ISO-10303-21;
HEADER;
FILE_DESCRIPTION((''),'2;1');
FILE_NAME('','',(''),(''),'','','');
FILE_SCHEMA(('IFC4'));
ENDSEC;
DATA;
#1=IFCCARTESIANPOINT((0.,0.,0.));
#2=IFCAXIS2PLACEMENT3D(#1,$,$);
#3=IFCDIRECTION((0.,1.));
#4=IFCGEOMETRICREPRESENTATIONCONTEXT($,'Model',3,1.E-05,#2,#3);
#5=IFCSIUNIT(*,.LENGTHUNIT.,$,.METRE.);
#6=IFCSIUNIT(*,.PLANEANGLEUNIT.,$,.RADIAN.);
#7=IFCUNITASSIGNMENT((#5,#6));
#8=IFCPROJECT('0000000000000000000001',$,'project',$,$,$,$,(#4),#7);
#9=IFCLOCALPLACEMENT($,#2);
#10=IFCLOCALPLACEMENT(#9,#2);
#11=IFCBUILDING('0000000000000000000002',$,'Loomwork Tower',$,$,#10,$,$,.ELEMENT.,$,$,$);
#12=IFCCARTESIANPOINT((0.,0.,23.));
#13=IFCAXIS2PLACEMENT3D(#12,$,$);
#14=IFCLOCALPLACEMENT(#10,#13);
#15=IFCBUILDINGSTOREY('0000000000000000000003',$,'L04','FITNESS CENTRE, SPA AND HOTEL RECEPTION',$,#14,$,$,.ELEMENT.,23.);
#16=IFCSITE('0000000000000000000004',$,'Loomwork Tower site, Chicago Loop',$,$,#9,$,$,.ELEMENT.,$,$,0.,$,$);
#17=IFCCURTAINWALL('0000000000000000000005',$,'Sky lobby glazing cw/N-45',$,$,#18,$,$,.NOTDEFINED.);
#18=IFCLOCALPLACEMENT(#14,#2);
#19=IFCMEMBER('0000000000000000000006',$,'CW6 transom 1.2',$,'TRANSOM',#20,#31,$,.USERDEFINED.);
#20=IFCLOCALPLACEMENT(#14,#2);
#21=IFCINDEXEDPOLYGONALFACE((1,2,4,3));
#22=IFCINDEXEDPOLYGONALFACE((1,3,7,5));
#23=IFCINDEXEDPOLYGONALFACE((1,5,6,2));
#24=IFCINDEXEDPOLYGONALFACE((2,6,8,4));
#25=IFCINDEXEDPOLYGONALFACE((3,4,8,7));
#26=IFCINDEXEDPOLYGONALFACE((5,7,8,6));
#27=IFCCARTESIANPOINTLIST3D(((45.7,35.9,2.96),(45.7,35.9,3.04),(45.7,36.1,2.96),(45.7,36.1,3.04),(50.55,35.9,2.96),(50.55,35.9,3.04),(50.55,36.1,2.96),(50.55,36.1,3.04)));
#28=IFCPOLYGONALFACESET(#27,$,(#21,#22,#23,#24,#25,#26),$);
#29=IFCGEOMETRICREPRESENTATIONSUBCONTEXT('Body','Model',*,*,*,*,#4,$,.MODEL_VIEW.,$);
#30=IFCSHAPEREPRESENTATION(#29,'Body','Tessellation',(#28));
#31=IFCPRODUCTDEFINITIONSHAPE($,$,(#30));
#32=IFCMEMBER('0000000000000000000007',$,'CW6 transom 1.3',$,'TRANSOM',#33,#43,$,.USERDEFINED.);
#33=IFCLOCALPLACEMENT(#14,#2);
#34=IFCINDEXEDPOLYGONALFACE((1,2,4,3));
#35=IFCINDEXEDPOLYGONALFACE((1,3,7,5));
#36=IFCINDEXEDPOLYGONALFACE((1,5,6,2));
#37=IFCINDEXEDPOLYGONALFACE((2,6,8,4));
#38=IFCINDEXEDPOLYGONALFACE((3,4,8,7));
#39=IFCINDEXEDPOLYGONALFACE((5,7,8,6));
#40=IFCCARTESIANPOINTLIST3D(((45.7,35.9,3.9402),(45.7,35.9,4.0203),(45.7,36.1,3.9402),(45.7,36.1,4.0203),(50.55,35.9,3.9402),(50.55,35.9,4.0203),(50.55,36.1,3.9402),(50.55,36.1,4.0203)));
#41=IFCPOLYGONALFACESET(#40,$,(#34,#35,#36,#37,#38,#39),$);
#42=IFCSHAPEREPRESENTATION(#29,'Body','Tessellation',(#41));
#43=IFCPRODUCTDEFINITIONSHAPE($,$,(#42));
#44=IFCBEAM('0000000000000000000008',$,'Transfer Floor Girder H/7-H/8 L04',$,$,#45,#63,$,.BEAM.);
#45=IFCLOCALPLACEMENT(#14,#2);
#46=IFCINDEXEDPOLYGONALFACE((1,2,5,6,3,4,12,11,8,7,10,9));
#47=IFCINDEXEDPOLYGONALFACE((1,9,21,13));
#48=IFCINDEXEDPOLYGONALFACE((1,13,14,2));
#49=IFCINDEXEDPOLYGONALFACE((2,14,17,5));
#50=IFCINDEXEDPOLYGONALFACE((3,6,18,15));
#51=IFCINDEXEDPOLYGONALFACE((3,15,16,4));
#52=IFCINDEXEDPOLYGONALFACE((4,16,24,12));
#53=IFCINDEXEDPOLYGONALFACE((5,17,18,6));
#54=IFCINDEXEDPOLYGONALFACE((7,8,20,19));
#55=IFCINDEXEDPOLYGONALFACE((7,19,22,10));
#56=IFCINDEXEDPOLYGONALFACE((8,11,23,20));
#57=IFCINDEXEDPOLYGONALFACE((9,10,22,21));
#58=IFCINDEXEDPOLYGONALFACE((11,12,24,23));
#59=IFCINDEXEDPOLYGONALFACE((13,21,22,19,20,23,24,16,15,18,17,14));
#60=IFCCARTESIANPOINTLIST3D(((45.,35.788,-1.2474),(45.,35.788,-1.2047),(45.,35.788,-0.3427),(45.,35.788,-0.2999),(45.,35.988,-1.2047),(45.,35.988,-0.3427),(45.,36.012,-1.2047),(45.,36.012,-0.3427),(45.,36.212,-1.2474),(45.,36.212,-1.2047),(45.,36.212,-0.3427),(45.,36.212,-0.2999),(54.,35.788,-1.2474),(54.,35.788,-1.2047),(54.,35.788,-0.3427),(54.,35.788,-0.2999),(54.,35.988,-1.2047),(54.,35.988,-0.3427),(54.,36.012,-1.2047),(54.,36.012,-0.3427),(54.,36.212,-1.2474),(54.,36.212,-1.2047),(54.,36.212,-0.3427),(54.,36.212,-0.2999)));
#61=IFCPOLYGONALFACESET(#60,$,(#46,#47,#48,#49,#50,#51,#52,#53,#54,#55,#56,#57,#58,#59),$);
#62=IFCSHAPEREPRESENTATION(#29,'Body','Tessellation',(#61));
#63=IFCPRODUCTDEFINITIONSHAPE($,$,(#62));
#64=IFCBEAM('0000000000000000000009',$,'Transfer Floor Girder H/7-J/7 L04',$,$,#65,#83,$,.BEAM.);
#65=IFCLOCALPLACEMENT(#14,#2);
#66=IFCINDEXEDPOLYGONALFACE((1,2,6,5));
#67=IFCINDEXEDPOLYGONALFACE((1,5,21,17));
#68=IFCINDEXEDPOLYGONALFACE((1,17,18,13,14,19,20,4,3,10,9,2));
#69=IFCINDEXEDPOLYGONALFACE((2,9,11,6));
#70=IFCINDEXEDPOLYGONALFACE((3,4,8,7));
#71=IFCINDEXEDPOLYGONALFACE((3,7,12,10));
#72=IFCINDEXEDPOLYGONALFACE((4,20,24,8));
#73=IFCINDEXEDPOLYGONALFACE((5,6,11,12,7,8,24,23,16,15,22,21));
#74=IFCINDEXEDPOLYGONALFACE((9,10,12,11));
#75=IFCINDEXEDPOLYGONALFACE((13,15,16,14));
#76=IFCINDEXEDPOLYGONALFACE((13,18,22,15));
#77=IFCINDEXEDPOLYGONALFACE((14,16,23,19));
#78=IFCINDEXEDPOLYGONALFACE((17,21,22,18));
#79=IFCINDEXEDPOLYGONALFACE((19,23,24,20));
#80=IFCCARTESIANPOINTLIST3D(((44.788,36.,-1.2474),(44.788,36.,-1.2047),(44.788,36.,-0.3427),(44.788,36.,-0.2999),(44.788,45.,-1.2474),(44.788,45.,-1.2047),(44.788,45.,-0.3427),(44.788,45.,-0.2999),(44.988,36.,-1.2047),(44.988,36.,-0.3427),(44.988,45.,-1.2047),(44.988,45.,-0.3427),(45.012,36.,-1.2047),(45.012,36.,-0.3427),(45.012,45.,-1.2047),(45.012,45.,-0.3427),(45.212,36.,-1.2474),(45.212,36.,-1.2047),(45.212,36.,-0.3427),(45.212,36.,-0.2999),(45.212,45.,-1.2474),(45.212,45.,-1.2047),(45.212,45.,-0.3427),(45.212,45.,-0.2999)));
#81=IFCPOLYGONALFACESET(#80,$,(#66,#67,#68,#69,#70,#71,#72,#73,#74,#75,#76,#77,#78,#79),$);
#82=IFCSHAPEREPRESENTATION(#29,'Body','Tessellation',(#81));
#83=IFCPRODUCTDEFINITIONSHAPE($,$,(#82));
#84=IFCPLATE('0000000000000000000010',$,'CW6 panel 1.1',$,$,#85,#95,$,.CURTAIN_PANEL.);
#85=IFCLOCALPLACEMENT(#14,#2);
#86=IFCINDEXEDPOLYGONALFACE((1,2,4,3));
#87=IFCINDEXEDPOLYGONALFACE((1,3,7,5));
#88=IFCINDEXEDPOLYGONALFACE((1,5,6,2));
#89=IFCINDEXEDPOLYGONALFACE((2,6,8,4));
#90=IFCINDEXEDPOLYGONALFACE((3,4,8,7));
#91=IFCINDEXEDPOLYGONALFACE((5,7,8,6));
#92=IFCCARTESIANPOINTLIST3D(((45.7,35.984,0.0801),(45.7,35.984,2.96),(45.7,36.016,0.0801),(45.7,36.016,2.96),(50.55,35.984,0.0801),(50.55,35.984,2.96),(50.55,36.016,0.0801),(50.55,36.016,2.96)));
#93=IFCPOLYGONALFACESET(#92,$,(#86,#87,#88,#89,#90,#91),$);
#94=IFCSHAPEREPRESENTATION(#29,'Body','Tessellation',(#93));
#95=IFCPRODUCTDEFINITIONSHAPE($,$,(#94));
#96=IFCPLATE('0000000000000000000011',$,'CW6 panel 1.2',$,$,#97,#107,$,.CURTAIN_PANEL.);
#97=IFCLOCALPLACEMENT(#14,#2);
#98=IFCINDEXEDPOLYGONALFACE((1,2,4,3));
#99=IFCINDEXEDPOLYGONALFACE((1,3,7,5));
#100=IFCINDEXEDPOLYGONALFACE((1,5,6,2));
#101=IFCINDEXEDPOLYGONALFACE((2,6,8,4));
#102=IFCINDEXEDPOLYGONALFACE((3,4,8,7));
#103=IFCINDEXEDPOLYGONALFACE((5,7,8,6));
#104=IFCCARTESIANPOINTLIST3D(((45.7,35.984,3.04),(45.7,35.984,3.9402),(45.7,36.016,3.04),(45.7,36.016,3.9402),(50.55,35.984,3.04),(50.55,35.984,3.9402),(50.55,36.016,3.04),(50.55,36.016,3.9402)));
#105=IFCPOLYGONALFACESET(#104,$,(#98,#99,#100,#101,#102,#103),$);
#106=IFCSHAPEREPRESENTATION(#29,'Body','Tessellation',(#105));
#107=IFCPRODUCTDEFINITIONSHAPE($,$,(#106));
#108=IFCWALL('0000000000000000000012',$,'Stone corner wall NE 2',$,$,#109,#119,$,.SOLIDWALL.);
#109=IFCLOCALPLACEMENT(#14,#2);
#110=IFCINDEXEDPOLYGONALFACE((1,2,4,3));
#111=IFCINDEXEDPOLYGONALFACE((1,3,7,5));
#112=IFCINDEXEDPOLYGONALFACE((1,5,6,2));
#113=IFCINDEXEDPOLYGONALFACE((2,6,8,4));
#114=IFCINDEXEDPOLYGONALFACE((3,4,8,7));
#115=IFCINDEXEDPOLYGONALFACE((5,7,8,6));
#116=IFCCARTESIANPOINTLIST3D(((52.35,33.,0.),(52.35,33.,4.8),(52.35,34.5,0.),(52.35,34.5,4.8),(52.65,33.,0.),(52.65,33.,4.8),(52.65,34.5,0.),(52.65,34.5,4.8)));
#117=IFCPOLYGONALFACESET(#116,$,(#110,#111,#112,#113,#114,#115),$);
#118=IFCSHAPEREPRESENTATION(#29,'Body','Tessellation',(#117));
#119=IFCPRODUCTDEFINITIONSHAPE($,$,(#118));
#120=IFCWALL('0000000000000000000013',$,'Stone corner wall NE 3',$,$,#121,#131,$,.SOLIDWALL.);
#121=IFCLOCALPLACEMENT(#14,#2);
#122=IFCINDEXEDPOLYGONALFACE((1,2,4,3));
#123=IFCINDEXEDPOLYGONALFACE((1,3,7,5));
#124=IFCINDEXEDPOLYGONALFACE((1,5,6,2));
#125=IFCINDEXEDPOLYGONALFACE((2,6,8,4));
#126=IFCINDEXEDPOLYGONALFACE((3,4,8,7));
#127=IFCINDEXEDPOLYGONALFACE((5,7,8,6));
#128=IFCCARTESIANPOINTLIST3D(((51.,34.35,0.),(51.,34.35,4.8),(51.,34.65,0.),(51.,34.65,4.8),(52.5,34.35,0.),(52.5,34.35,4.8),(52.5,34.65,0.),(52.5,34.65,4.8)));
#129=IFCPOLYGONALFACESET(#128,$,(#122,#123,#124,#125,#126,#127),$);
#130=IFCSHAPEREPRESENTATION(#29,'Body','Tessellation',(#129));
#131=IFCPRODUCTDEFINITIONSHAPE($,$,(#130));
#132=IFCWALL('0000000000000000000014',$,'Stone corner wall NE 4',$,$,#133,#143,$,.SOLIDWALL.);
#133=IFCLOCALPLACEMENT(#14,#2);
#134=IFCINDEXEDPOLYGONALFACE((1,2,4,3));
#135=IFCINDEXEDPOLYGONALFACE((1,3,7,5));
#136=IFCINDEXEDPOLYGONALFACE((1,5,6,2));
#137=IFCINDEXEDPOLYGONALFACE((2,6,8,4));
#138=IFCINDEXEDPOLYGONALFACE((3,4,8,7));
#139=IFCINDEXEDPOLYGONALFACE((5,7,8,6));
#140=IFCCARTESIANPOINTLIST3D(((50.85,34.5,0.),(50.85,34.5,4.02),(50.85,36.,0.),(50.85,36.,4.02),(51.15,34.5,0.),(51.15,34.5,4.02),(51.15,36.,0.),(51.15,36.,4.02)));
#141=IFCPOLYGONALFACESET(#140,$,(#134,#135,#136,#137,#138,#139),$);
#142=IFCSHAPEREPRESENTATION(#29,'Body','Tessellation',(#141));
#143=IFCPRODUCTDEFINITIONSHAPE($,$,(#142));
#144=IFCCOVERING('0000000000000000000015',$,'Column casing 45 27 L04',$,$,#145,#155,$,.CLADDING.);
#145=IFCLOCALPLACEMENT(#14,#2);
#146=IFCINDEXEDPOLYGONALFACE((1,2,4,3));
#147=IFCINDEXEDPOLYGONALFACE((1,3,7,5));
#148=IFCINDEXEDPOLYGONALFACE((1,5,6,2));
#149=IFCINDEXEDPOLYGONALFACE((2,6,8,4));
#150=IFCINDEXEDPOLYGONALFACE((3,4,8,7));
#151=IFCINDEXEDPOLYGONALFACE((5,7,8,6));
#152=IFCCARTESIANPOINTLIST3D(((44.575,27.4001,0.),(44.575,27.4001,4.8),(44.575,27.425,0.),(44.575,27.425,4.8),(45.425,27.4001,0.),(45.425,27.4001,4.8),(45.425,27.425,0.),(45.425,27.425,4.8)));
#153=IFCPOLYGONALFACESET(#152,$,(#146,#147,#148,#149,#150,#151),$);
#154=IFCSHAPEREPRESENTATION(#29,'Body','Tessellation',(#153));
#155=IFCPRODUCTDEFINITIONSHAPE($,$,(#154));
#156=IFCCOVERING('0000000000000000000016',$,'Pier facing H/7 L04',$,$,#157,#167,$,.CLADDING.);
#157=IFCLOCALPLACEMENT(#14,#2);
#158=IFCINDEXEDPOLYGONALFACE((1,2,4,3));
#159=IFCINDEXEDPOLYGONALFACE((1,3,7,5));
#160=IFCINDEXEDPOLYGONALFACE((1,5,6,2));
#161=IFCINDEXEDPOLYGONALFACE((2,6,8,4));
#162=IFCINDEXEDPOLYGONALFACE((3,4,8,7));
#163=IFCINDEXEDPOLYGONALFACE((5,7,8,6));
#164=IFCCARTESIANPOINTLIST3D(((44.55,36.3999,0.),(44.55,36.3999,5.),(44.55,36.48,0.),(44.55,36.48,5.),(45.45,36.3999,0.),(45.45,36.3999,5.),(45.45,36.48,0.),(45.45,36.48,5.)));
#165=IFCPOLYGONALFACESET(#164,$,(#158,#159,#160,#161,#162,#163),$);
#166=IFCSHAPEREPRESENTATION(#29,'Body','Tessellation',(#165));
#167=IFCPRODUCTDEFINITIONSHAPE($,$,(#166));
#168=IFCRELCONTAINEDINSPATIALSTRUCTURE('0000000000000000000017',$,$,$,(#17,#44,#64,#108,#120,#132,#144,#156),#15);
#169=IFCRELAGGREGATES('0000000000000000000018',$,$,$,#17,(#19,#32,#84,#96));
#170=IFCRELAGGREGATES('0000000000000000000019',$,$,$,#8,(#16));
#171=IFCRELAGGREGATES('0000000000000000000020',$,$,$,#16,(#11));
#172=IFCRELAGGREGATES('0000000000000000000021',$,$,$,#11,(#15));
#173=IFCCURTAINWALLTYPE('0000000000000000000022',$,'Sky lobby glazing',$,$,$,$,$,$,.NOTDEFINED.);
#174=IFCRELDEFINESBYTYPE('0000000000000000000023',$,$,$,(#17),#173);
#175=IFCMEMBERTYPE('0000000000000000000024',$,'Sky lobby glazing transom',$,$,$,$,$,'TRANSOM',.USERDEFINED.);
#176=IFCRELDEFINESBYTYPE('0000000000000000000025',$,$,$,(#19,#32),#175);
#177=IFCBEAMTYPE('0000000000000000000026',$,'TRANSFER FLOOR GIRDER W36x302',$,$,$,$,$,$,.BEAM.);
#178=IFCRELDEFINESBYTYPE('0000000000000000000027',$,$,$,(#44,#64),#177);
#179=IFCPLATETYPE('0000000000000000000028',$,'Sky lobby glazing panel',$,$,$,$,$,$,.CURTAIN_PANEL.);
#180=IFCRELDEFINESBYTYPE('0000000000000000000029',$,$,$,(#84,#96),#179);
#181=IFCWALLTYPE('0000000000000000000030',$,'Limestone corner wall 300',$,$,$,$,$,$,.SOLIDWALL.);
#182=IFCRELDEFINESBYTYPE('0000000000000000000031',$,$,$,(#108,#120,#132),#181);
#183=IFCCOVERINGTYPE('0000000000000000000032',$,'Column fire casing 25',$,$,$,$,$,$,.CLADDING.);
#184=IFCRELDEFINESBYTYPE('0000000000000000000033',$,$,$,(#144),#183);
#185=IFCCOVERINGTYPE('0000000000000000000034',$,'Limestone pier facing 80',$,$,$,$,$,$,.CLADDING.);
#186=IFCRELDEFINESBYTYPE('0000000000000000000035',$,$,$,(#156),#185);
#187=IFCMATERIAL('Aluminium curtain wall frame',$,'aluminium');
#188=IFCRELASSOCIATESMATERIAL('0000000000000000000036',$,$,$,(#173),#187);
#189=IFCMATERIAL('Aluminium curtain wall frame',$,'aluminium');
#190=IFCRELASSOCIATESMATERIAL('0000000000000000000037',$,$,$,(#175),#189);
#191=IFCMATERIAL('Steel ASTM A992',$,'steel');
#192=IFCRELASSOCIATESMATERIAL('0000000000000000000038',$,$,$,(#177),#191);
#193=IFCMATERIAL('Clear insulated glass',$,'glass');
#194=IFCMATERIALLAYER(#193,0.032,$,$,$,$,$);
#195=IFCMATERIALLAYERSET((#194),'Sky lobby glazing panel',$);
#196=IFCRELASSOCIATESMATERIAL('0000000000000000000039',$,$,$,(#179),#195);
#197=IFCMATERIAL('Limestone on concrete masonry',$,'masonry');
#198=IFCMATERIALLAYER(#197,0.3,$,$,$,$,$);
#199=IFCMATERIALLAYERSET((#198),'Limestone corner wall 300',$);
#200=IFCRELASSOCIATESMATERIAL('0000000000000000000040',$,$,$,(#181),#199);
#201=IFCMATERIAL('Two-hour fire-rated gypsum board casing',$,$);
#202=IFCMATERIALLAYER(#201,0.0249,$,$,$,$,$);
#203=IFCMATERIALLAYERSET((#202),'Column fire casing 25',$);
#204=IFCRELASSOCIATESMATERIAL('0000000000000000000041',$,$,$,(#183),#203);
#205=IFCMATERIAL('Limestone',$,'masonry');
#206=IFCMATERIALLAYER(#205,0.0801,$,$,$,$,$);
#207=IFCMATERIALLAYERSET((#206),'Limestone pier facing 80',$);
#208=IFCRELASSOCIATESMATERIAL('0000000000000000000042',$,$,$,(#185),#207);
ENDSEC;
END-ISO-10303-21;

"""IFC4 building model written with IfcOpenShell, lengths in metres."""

from ifc_helpers import new_model, si_unit, direction, frame, frame_2d, origin, origin_2d, place, context, subcontext, project, spatial, rectangle, i_section, extrude, material, layer, layer_set, material_profile, profile_set, type_object, element, aggregate, save


model = new_model("IFC4")

# Units and contexts
model_context = context("Model", 3, precision=1e-05, world=origin(), true_north=direction((0.0, 1.0)))
body_context = subcontext(model_context, "Body", "Model", "MODEL_VIEW")
ifc_project = project(units=[si_unit("LENGTHUNIT", "METRE"), si_unit("PLANEANGLEUNIT", "RADIAN")], contexts=[model_context])

# Site, building, storey
site_placement = place(None, origin())
site = spatial("IfcSite", under=ifc_project, at=site_placement, Name="Loomwork Tower site, Chicago Loop", CompositionType="ELEMENT", RefElevation=0.0)
building_placement = place(site_placement, origin())
building = spatial("IfcBuilding", under=site, at=building_placement, Name="Loomwork Tower", CompositionType="ELEMENT")
storey_placement = place(building_placement, frame((0.0, 0.0, 23.0)))
storey = spatial("IfcBuildingStorey", under=building, at=storey_placement, Name="L04", Description="FITNESS CENTRE, SPA AND HOTEL RECEPTION", CompositionType="ELEMENT", Elevation=23.0)

# Curtain wall
ifc_material_1 = material(Name="Aluminium curtain wall frame", Category="aluminium")
curtain_wall_type = type_object("IfcCurtainWallType", Name="Sky lobby glazing", PredefinedType="NOTDEFINED", material=ifc_material_1)
curtain_wall_1_placement = place(storey_placement, origin())
curtain_wall_1 = element("IfcCurtainWall", 1, at=curtain_wall_1_placement, inside=storey, type_object=curtain_wall_type, Name="Sky lobby glazing cw/N-45", PredefinedType="NOTDEFINED")

# Members
ifc_material_2 = material(Name="Aluminium curtain wall frame", Category="aluminium")
ifc_material_profile_1 = material_profile(ifc_material_2, rectangle(XDim=0.2, YDim=0.0801, at=origin_2d()), Name="AL 80x200")
ifc_profile_set_1 = profile_set([ifc_material_profile_1], Name="Aluminium curtain wall frame")
member_type_1 = type_object("IfcMemberType", Name="Sky lobby glazing transom", ElementType="TRANSOM", PredefinedType="USERDEFINED", material=ifc_profile_set_1)
member_1_placement = place(storey_placement, frame((50.55, 36.0, 3.0), z_axis=(-1.0, 0.0, 0.0), x_axis=(0.0, -1.0, 0.0)))
member_1 = element("IfcMember", 2, at=member_1_placement, type_object=member_type_1, Name="CW6 transom 1.2", ObjectType="TRANSOM", PredefinedType="USERDEFINED", context=body_context, shape_type="SweptSolid", body=[
    extrude(rectangle(XDim=0.2, YDim=0.0801, at=origin_2d()), origin(), (0.0, 0.0, 1.0), 4.8501),
])
member_2_placement = place(storey_placement, frame((50.55, 36.0, 3.9802), z_axis=(-1.0, 0.0, 0.0), x_axis=(0.0, -1.0, 0.0)))
member_2 = element("IfcMember", 3, at=member_2_placement, type_object=member_type_1, Name="CW6 transom 1.3", ObjectType="TRANSOM", PredefinedType="USERDEFINED", context=body_context, shape_type="SweptSolid", body=[
    extrude(rectangle(XDim=0.2, YDim=0.0801, at=origin_2d()), origin(), (0.0, 0.0, 1.0), 4.8501),
])

# Beams
ifc_material_3 = material(Name="Steel ASTM A992", Category="steel")
ifc_material_profile_2 = material_profile(ifc_material_3, i_section(OverallWidth=0.4241, OverallDepth=0.9475, WebThickness=0.0239, FlangeThickness=0.0427, at=origin_2d()), Name="W36x302")
ifc_profile_set_2 = profile_set([ifc_material_profile_2], Name="Steel ASTM A992")
beam_type_1 = type_object("IfcBeamType", Name="TRANSFER FLOOR GIRDER W36x302", PredefinedType="BEAM", material=ifc_profile_set_2)
for number, where, z_axis, x_axis, name in (
    (4, (45.0, 36.0, -0.7737), (1.0, 0.0, 0.0), (0.0, 1.0, 0.0), "Transfer Floor Girder H/7-H/8 L04"),
    (5, (45.0, 36.0, -0.7737), (0.0, 1.0, 0.0), (-1.0, 0.0, 0.0), "Transfer Floor Girder H/7-J/7 L04"),
):
    element("IfcBeam", number, at=place(storey_placement, frame(where, z_axis=z_axis, x_axis=x_axis)), inside=storey, type_object=beam_type_1, Name=name, PredefinedType="BEAM", context=body_context, shape_type="SweptSolid", body=[
        extrude(i_section(OverallWidth=0.4241, OverallDepth=0.9475, WebThickness=0.0239, FlangeThickness=0.0427, at=origin_2d()), origin(), (0.0, 0.0, 1.0), 9.0),
    ])

# Plates
ifc_material_4 = material(Name="Clear insulated glass", Category="glass")
ifc_layer_1 = layer(ifc_material_4, 0.032)
ifc_layer_set_1 = layer_set([ifc_layer_1], Name="Sky lobby glazing panel")
plate_type = type_object("IfcPlateType", Name="Sky lobby glazing panel", PredefinedType="CURTAIN_PANEL", material=ifc_layer_set_1)
plate_1_placement = place(storey_placement, frame((48.125, 36.0, 0.0801), z_axis=(0.0, 0.0, 1.0), x_axis=(-1.0, 0.0, 0.0)))
plate_1 = element("IfcPlate", 6, at=plate_1_placement, type_object=plate_type, Name="CW6 panel 1.1", PredefinedType="CURTAIN_PANEL", context=body_context, shape_type="SweptSolid", body=[
    extrude(rectangle(XDim=4.8501, YDim=0.032, at=origin_2d()), origin(), (0.0, 0.0, 1.0), 2.8799),
])
plate_2_placement = place(storey_placement, frame((48.125, 36.0, 3.04), z_axis=(0.0, 0.0, 1.0), x_axis=(-1.0, 0.0, 0.0)))
plate_2 = element("IfcPlate", 7, at=plate_2_placement, type_object=plate_type, Name="CW6 panel 1.2", PredefinedType="CURTAIN_PANEL", context=body_context, shape_type="SweptSolid", body=[
    extrude(rectangle(XDim=4.8501, YDim=0.032, at=origin_2d()), origin(), (0.0, 0.0, 1.0), 0.9001),
])
aggregate(curtain_wall_1, [member_1, member_2, plate_1, plate_2])

# Walls
ifc_material_5 = material(Name="Limestone on concrete masonry", Category="masonry")
ifc_layer_2 = layer(ifc_material_5, 0.3)
ifc_layer_set_2 = layer_set([ifc_layer_2], Name="Limestone corner wall 300")
wall_type = type_object("IfcWallType", Name="Limestone corner wall 300", PredefinedType="SOLIDWALL", material=ifc_layer_set_2)
for number, where, z_axis, x_axis, name in (
    (8, (52.5, 33.0, 0.0), (0.0, 0.0, 1.0), (0.0, 1.0, 0.0), "Stone corner wall NE 2"),
    (9, (52.5, 34.5, 0.0), (0.0, 0.0, 1.0), (-1.0, 0.0, 0.0), "Stone corner wall NE 3"),
):
    element("IfcWall", number, at=place(storey_placement, frame(where, z_axis=z_axis, x_axis=x_axis)), inside=storey, type_object=wall_type, Name=name, PredefinedType="SOLIDWALL", context=body_context, shape_type="SweptSolid", body=[
        extrude(rectangle(XDim=1.5, YDim=0.3, at=frame_2d((0.75, 0.0))), origin(), (0.0, 0.0, 1.0), 4.8),
    ])
wall_placement = place(storey_placement, frame((51.0, 34.5, 0.0), z_axis=(0.0, 0.0, 1.0), x_axis=(0.0, 1.0, 0.0)))
element("IfcWall", 10, at=wall_placement, inside=storey, type_object=wall_type, Name="Stone corner wall NE 4", PredefinedType="SOLIDWALL", context=body_context, shape_type="SweptSolid", body=[
    extrude(rectangle(XDim=1.5, YDim=0.3, at=frame_2d((0.75, 0.0))), origin(), (0.0, 0.0, 1.0), 4.02),
])

# Coverings
ifc_material_6 = material(Name="Two-hour fire-rated gypsum board casing")
ifc_layer_3 = layer(ifc_material_6, 0.0249)
ifc_layer_set_3 = layer_set([ifc_layer_3], Name="Column fire casing 25")
covering_type_1 = type_object("IfcCoveringType", Name="Column fire casing 25", PredefinedType="CLADDING", material=ifc_layer_set_3)
covering_1_placement = place(storey_placement, frame((45.0, 27.4126, 0.0), z_axis=(0.0, 0.0, 1.0), x_axis=(1.0, 0.0, 0.0)))
element("IfcCovering", 11, at=covering_1_placement, inside=storey, type_object=covering_type_1, Name="Column casing 45 27 L04", PredefinedType="CLADDING", context=body_context, shape_type="SweptSolid", body=[
    extrude(rectangle(XDim=0.8501, YDim=0.0249, at=origin_2d()), origin(), (0.0, 0.0, 1.0), 4.8),
])
ifc_material_7 = material(Name="Limestone", Category="masonry")
ifc_layer_4 = layer(ifc_material_7, 0.0801)
ifc_layer_set_4 = layer_set([ifc_layer_4], Name="Limestone pier facing 80")
covering_type_2 = type_object("IfcCoveringType", Name="Limestone pier facing 80", PredefinedType="CLADDING", material=ifc_layer_set_4)
covering_2_placement = place(storey_placement, frame((45.0, 36.4399, 0.0), z_axis=(0.0, 0.0, 1.0), x_axis=(1.0, 0.0, 0.0)))
element("IfcCovering", 12, at=covering_2_placement, inside=storey, type_object=covering_type_2, Name="Pier facing H/7 L04", PredefinedType="CLADDING", context=body_context, shape_type="SweptSolid", body=[
    extrude(rectangle(XDim=0.8999, YDim=0.0801, at=origin_2d()), origin(), (0.0, 0.0, 1.0), 5.0),
])

save(model, "model.ifc")
